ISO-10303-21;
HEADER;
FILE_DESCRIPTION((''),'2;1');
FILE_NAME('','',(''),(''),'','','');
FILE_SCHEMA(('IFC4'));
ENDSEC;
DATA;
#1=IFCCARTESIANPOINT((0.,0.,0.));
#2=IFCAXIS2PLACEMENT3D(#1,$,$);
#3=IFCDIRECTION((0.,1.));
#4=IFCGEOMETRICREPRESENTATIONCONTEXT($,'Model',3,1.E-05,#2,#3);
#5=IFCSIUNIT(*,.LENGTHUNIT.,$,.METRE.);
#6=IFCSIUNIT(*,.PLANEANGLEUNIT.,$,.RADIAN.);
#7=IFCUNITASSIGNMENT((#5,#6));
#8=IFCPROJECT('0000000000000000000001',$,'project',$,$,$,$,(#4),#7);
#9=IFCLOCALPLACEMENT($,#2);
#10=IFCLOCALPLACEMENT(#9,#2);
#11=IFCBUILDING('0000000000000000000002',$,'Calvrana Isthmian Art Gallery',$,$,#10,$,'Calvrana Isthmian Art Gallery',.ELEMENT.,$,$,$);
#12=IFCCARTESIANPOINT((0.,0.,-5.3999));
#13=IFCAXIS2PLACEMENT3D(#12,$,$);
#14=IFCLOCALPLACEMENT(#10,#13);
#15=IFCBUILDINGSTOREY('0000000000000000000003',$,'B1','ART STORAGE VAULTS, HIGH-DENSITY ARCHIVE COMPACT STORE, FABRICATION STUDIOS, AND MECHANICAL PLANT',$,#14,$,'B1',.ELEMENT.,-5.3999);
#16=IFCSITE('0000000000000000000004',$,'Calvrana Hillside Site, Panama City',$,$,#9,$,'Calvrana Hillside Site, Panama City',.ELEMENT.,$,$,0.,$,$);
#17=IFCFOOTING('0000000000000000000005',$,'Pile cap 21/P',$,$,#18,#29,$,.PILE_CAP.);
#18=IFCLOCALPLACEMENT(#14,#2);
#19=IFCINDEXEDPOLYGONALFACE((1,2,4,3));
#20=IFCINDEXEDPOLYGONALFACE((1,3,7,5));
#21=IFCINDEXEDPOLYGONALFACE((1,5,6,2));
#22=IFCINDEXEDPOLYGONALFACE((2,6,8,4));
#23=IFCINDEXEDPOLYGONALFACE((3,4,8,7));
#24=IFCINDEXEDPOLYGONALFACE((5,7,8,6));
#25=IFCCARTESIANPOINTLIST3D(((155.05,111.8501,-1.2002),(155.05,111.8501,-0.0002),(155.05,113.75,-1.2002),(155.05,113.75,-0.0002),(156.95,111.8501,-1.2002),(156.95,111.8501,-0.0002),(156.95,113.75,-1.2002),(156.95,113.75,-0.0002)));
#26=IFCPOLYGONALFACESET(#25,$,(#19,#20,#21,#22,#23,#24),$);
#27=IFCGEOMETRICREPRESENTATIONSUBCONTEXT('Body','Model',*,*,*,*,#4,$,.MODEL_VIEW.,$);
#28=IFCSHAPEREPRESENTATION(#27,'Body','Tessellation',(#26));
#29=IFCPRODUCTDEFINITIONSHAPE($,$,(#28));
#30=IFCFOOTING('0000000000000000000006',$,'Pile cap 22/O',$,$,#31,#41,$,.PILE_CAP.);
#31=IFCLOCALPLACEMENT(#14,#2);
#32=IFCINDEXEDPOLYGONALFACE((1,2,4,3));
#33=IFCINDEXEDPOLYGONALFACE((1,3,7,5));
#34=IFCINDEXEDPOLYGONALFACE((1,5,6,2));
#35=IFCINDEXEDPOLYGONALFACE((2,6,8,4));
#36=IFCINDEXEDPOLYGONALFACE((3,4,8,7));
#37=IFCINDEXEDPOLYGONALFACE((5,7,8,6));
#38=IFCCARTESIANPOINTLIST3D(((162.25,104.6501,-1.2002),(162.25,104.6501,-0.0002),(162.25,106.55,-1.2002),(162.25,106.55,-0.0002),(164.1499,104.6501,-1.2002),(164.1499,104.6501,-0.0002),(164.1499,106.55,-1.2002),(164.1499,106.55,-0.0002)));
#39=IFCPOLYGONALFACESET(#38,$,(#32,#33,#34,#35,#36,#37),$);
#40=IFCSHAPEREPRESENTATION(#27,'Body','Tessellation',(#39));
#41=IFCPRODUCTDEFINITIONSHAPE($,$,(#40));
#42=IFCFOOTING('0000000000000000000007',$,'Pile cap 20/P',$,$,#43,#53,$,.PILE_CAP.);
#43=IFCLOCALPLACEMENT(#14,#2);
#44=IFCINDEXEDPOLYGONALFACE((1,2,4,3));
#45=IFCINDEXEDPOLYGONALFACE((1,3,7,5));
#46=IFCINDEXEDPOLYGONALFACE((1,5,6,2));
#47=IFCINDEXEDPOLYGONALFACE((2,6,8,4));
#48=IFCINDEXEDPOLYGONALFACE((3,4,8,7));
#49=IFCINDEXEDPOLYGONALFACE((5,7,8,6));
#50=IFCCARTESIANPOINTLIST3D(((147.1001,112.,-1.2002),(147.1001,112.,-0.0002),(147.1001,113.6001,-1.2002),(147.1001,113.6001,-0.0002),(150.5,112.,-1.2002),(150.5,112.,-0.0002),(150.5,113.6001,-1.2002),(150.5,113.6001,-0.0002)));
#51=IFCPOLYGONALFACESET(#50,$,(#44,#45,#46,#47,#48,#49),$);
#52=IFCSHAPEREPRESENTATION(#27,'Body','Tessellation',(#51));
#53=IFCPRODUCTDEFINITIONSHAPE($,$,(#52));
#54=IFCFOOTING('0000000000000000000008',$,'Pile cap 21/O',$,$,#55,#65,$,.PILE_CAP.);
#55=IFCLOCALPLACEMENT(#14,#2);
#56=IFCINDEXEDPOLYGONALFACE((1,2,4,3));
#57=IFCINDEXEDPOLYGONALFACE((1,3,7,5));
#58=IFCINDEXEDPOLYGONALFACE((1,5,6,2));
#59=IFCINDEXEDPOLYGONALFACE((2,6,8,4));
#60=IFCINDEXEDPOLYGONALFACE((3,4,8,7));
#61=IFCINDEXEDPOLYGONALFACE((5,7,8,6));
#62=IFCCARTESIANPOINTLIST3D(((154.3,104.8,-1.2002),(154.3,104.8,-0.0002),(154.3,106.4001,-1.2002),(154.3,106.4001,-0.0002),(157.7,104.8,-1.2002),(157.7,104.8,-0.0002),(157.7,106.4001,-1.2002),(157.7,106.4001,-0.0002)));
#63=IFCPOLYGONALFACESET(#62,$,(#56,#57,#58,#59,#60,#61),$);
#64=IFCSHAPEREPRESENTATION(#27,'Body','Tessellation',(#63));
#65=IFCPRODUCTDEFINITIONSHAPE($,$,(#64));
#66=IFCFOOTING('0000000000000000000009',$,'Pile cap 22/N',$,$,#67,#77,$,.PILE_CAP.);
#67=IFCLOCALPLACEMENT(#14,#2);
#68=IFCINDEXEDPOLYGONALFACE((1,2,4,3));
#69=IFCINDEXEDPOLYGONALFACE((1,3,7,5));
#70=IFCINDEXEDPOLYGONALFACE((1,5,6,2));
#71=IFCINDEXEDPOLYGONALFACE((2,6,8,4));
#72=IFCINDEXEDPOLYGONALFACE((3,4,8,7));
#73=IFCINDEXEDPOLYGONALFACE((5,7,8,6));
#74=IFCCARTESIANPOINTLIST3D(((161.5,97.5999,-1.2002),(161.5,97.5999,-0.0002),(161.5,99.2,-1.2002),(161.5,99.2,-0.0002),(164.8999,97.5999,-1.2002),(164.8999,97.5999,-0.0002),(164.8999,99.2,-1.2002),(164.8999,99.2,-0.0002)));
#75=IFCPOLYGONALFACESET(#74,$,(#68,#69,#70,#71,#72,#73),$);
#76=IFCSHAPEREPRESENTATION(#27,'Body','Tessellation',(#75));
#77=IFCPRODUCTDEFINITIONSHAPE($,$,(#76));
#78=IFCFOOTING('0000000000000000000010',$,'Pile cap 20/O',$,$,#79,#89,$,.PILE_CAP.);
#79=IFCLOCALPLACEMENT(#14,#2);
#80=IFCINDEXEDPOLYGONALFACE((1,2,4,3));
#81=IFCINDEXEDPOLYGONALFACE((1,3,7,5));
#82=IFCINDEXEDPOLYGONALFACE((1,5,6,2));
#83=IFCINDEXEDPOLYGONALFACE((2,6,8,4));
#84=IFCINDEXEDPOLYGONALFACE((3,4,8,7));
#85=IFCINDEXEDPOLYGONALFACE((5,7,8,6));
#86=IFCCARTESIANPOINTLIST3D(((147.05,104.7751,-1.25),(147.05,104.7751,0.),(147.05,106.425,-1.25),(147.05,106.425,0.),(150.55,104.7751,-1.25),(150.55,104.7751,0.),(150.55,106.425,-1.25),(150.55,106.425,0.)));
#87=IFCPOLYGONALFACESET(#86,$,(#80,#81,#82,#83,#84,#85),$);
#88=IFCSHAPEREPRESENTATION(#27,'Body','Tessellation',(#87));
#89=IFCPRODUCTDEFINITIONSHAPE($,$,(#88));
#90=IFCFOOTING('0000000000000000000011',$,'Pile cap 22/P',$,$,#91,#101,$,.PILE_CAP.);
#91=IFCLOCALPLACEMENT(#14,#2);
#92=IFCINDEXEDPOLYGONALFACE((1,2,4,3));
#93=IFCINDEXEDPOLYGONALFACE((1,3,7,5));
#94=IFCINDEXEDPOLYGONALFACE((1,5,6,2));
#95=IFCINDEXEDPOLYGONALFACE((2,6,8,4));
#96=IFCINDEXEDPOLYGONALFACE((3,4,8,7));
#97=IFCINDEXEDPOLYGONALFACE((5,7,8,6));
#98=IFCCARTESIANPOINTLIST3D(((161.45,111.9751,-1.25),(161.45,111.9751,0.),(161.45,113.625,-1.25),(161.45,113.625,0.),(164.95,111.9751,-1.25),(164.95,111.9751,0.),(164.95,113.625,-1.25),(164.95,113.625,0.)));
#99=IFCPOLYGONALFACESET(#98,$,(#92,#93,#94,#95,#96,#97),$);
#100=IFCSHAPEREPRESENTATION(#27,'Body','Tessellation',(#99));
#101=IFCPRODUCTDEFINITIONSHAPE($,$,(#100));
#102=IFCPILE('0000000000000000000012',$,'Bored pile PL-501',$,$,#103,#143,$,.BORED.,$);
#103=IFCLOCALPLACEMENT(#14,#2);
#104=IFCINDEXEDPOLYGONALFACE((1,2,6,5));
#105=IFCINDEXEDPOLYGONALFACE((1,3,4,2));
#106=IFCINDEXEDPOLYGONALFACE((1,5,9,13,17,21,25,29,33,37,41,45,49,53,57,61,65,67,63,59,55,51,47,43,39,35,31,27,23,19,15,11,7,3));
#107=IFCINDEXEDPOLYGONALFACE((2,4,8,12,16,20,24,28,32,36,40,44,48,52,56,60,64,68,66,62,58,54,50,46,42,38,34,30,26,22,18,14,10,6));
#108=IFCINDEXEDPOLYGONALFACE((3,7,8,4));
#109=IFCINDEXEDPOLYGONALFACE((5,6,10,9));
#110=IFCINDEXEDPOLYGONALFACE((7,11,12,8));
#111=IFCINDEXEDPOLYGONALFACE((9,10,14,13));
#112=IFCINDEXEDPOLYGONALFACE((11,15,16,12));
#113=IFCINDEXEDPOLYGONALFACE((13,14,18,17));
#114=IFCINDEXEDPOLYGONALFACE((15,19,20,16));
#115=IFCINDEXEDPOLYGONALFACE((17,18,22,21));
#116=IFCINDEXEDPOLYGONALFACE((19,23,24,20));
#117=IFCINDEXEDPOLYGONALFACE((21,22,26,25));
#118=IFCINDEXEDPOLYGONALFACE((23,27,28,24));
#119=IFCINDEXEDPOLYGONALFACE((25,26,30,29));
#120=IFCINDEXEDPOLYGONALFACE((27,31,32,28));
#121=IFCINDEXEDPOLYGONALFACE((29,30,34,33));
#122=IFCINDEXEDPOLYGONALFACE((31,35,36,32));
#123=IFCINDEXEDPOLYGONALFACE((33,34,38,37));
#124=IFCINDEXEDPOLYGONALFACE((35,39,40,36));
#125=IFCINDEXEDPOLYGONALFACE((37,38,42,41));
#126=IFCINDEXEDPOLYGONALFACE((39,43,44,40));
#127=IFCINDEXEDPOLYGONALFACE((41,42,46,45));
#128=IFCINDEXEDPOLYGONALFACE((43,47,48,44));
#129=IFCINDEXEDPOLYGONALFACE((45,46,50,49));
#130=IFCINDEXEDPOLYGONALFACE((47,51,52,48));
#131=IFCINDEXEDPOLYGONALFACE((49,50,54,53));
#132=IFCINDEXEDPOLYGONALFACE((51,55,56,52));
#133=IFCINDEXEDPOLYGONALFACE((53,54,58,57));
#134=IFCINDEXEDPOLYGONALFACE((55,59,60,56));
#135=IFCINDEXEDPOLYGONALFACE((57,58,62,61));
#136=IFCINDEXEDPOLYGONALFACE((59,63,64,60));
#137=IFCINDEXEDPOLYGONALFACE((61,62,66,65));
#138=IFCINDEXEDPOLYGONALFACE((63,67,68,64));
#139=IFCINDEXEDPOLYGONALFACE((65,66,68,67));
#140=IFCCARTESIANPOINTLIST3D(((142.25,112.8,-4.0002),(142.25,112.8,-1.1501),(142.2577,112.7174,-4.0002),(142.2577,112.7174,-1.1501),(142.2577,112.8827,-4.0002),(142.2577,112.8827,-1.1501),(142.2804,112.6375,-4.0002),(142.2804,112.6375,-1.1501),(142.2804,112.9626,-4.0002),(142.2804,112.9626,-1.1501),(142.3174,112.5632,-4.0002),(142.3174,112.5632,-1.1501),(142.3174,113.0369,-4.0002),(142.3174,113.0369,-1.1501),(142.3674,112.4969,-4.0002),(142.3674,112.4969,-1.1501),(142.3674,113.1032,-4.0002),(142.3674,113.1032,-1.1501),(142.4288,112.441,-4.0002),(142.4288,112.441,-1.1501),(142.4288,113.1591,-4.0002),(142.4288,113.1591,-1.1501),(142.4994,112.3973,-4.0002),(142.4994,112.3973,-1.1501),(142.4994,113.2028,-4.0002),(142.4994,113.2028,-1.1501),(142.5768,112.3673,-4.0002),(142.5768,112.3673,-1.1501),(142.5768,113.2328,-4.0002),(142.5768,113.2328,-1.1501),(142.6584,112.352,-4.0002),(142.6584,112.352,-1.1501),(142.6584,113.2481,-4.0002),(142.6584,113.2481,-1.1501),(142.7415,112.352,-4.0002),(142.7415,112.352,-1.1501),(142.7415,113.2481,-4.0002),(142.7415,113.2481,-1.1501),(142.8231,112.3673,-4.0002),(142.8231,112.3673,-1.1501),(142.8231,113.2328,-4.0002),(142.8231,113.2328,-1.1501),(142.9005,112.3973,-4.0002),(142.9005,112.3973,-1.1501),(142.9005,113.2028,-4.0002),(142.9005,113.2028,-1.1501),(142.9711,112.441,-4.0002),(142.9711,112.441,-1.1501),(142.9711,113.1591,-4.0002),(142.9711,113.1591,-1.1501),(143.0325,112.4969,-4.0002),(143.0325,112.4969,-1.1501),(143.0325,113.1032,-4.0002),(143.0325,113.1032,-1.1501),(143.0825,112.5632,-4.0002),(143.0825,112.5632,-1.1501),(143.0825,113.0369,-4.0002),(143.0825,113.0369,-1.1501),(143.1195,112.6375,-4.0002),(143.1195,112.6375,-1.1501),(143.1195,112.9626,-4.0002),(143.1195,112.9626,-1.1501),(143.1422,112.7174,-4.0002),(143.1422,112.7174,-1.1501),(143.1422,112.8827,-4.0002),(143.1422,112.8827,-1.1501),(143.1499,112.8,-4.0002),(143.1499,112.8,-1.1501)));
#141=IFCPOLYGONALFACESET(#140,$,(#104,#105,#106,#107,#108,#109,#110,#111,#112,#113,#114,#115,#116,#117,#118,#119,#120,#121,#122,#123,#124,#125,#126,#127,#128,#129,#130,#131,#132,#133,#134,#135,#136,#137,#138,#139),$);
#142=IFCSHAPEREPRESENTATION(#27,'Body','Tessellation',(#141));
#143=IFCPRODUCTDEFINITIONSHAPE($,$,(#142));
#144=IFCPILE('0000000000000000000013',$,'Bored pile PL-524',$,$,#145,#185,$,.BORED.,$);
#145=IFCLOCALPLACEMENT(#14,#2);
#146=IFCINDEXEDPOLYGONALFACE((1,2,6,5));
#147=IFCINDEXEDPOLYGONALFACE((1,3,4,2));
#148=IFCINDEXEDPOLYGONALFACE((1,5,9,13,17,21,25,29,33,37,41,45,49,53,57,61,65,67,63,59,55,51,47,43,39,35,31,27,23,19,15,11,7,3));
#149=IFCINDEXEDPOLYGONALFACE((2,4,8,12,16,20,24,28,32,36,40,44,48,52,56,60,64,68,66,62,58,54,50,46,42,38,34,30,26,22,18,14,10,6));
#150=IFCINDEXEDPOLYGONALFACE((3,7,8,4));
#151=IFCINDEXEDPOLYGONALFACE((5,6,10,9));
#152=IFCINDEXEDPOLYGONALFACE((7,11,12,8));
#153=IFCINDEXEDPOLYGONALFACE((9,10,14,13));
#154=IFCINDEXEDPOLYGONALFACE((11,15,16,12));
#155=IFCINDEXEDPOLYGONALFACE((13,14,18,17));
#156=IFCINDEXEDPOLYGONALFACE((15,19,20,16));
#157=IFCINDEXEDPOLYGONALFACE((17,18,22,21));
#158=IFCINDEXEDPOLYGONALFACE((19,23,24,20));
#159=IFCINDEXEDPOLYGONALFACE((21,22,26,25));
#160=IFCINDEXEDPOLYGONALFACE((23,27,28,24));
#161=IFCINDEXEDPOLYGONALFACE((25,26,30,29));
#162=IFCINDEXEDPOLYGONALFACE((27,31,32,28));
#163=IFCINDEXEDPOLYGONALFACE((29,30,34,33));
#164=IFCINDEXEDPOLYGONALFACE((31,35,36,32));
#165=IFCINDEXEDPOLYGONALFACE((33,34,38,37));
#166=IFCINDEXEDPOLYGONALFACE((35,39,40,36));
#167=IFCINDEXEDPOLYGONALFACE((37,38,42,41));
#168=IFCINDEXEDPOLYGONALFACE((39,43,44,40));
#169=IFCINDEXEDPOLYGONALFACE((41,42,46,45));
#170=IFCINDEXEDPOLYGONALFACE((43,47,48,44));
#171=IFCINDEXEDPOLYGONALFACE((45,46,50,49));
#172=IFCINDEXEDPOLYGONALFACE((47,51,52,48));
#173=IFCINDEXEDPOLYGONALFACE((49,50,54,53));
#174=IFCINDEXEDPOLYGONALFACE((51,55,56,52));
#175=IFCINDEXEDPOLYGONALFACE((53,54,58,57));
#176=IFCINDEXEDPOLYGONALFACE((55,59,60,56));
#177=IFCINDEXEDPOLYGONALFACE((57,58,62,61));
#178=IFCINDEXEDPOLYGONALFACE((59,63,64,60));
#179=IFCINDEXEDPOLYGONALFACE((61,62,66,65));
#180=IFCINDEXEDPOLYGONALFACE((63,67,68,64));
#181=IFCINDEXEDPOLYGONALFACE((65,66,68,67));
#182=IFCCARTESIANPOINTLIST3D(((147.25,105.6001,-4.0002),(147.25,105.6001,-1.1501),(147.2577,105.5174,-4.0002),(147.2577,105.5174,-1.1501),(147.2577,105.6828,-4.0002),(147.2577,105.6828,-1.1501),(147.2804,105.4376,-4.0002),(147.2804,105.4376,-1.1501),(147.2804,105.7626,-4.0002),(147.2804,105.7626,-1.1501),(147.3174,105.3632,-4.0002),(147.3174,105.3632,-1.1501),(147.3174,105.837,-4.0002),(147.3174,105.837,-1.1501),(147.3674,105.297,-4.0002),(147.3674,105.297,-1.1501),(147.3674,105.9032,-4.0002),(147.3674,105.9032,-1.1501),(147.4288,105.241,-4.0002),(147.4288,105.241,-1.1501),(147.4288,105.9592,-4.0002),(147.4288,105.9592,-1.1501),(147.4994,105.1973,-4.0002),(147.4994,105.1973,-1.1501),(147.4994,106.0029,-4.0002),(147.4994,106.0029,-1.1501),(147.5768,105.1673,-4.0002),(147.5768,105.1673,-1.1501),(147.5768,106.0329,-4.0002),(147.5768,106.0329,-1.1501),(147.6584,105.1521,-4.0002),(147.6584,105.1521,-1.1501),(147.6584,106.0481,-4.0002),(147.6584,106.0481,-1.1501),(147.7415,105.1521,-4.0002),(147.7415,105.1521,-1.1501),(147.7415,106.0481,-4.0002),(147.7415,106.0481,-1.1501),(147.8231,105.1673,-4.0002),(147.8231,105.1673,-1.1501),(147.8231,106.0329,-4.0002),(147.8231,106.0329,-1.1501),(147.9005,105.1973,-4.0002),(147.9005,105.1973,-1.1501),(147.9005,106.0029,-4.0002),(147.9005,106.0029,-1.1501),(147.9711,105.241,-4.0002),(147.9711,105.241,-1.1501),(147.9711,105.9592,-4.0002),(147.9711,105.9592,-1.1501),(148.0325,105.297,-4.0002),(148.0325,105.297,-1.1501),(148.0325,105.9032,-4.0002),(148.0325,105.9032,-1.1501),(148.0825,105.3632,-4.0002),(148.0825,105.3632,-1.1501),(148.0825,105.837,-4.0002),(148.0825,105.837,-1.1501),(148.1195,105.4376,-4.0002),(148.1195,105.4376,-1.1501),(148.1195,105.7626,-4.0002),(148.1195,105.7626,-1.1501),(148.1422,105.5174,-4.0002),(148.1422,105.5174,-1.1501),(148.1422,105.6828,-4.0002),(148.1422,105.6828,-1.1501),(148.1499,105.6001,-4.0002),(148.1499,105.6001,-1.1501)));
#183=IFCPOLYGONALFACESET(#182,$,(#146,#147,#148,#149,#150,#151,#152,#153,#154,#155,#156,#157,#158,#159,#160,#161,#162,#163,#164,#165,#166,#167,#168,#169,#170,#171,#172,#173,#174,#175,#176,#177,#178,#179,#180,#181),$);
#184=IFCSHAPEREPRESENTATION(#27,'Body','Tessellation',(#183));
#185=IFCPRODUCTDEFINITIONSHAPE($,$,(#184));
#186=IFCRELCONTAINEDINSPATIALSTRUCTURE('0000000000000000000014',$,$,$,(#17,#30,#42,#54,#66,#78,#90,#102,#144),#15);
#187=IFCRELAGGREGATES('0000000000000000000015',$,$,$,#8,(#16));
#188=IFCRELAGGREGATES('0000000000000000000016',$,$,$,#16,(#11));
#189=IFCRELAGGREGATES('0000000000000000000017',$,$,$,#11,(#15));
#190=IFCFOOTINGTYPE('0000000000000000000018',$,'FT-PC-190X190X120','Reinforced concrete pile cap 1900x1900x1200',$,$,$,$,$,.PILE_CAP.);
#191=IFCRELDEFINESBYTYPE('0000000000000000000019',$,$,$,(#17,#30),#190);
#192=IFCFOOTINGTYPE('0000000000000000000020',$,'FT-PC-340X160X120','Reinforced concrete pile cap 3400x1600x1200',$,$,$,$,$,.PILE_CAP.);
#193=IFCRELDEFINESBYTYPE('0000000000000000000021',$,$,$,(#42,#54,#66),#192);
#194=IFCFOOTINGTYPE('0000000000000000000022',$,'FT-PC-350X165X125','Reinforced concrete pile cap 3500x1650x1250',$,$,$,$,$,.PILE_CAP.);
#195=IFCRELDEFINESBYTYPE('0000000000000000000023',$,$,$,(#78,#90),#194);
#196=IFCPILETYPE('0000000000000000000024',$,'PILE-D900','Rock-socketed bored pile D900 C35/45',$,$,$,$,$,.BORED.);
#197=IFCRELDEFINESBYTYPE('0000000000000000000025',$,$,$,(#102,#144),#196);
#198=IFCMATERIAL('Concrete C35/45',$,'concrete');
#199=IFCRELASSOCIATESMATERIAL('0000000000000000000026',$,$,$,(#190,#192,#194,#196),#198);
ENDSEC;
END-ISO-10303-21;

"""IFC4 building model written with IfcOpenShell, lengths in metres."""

from ifc_helpers import new_model, si_unit, direction, frame, origin, origin_2d, place, context, subcontext, project, spatial, rectangle, circle, extrude, material, material_profile, profile_set, type_object, element, save


model = new_model("IFC4")

# Units and contexts
model_context = context("Model", 3, precision=1e-05, world=origin(), true_north=direction((0.0, 1.0)))
body_context = subcontext(model_context, "Body", "Model", "MODEL_VIEW")
ifc_project = project(units=[si_unit("LENGTHUNIT", "METRE"), si_unit("PLANEANGLEUNIT", "RADIAN")], contexts=[model_context])

# Site, building, storey
site_placement = place(None, origin())
site = spatial("IfcSite", under=ifc_project, at=site_placement, Name="Calvrana Hillside Site, Panama City", LongName="Calvrana Hillside Site, Panama City", CompositionType="ELEMENT", RefElevation=0.0)
building_placement = place(site_placement, origin())
building = spatial("IfcBuilding", under=site, at=building_placement, Name="Calvrana Isthmian Art Gallery", LongName="Calvrana Isthmian Art Gallery", CompositionType="ELEMENT")
storey_placement = place(building_placement, frame((0.0, 0.0, -5.3999)))
storey = spatial("IfcBuildingStorey", under=building, at=storey_placement, Name="B1", Description="ART STORAGE VAULTS, HIGH-DENSITY ARCHIVE COMPACT STORE, FABRICATION STUDIOS, AND MECHANICAL PLANT", LongName="B1", CompositionType="ELEMENT", Elevation=-5.3999)

# Footings
ifc_material_1 = material(Name="Concrete C35/45", Category="concrete")
footing_type_1 = type_object("IfcFootingType", Name="FT-PC-190X190X120", Description="Reinforced concrete pile cap 1900x1900x1200", PredefinedType="PILE_CAP", material=ifc_material_1)
for number, where, z_axis, x_axis, name in (
    (1, (156.0, 112.8, -1.2002), (0.0, 0.0, 1.0), (1.0, 0.0, 0.0), "Pile cap 21/P"),
    (2, (163.2, 105.6001, -1.2002), (0.0, 0.0, 1.0), (1.0, 0.0, 0.0), "Pile cap 22/O"),
):
    element("IfcFooting", number, at=place(storey_placement, frame(where, z_axis=z_axis, x_axis=x_axis)), inside=storey, type_object=footing_type_1, Name=name, PredefinedType="PILE_CAP", context=body_context, shape_type="SweptSolid", body=[
        extrude(rectangle(XDim=1.8999, YDim=1.8999, at=origin_2d()), origin(), (0.0, 0.0, 1.0), 1.2),
    ])
footing_type_2 = type_object("IfcFootingType", Name="FT-PC-340X160X120", Description="Reinforced concrete pile cap 3400x1600x1200", PredefinedType="PILE_CAP", material=ifc_material_1)
for number, where, z_axis, x_axis, name in (
    (3, (148.8, 112.8, -1.2002), (0.0, 0.0, 1.0), (1.0, 0.0, 0.0), "Pile cap 20/P"),
    (4, (156.0, 105.6001, -1.2002), (0.0, 0.0, 1.0), (1.0, 0.0, 0.0), "Pile cap 21/O"),
    (5, (163.2, 98.3999, -1.2002), (0.0, 0.0, 1.0), (1.0, 0.0, 0.0), "Pile cap 22/N"),
):
    element("IfcFooting", number, at=place(storey_placement, frame(where, z_axis=z_axis, x_axis=x_axis)), inside=storey, type_object=footing_type_2, Name=name, PredefinedType="PILE_CAP", context=body_context, shape_type="SweptSolid", body=[
        extrude(rectangle(XDim=3.3999, YDim=1.6001, at=origin_2d()), origin(), (0.0, 0.0, 1.0), 1.2),
    ])
footing_type_3 = type_object("IfcFootingType", Name="FT-PC-350X165X125", Description="Reinforced concrete pile cap 3500x1650x1250", PredefinedType="PILE_CAP", material=ifc_material_1)
for number, where, z_axis, x_axis, name in (
    (6, (148.8, 105.6001, -1.25), (0.0, 0.0, 1.0), (1.0, 0.0, 0.0), "Pile cap 20/O"),
    (7, (163.2, 112.8, -1.25), (0.0, 0.0, 1.0), (1.0, 0.0, 0.0), "Pile cap 22/P"),
):
    element("IfcFooting", number, at=place(storey_placement, frame(where, z_axis=z_axis, x_axis=x_axis)), inside=storey, type_object=footing_type_3, Name=name, PredefinedType="PILE_CAP", context=body_context, shape_type="SweptSolid", body=[
        extrude(rectangle(XDim=3.5, YDim=1.6499, at=origin_2d()), origin(), (0.0, 0.0, 1.0), 1.25),
    ])

# Piles
ifc_material_profile_1 = material_profile(ifc_material_1, circle(Radius=0.45, at=origin_2d()), Name="PILE900D")
ifc_profile_set_1 = profile_set([ifc_material_profile_1], Name="Concrete C35/45")
pile_type = type_object("IfcPileType", Name="PILE-D900", Description="Rock-socketed bored pile D900 C35/45", PredefinedType="BORED", material=ifc_profile_set_1)
for number, where, z_axis, x_axis, name in (
    (8, (142.7, 112.8, -1.1501), (0.0, 0.0, -1.0), (1.0, 0.0, 0.0), "Bored pile PL-501"),
    (9, (147.7, 105.6001, -1.1501), (0.0, 0.0, -1.0), (1.0, 0.0, 0.0), "Bored pile PL-524"),
):
    element("IfcPile", number, at=place(storey_placement, frame(where, z_axis=z_axis, x_axis=x_axis)), inside=storey, type_object=pile_type, Name=name, PredefinedType="BORED", context=body_context, shape_type="SweptSolid", body=[
        extrude(circle(Radius=0.45, at=origin_2d()), origin(), (0.0, 0.0, 1.0), 2.8501),
    ])

save(model, "model.ifc")
